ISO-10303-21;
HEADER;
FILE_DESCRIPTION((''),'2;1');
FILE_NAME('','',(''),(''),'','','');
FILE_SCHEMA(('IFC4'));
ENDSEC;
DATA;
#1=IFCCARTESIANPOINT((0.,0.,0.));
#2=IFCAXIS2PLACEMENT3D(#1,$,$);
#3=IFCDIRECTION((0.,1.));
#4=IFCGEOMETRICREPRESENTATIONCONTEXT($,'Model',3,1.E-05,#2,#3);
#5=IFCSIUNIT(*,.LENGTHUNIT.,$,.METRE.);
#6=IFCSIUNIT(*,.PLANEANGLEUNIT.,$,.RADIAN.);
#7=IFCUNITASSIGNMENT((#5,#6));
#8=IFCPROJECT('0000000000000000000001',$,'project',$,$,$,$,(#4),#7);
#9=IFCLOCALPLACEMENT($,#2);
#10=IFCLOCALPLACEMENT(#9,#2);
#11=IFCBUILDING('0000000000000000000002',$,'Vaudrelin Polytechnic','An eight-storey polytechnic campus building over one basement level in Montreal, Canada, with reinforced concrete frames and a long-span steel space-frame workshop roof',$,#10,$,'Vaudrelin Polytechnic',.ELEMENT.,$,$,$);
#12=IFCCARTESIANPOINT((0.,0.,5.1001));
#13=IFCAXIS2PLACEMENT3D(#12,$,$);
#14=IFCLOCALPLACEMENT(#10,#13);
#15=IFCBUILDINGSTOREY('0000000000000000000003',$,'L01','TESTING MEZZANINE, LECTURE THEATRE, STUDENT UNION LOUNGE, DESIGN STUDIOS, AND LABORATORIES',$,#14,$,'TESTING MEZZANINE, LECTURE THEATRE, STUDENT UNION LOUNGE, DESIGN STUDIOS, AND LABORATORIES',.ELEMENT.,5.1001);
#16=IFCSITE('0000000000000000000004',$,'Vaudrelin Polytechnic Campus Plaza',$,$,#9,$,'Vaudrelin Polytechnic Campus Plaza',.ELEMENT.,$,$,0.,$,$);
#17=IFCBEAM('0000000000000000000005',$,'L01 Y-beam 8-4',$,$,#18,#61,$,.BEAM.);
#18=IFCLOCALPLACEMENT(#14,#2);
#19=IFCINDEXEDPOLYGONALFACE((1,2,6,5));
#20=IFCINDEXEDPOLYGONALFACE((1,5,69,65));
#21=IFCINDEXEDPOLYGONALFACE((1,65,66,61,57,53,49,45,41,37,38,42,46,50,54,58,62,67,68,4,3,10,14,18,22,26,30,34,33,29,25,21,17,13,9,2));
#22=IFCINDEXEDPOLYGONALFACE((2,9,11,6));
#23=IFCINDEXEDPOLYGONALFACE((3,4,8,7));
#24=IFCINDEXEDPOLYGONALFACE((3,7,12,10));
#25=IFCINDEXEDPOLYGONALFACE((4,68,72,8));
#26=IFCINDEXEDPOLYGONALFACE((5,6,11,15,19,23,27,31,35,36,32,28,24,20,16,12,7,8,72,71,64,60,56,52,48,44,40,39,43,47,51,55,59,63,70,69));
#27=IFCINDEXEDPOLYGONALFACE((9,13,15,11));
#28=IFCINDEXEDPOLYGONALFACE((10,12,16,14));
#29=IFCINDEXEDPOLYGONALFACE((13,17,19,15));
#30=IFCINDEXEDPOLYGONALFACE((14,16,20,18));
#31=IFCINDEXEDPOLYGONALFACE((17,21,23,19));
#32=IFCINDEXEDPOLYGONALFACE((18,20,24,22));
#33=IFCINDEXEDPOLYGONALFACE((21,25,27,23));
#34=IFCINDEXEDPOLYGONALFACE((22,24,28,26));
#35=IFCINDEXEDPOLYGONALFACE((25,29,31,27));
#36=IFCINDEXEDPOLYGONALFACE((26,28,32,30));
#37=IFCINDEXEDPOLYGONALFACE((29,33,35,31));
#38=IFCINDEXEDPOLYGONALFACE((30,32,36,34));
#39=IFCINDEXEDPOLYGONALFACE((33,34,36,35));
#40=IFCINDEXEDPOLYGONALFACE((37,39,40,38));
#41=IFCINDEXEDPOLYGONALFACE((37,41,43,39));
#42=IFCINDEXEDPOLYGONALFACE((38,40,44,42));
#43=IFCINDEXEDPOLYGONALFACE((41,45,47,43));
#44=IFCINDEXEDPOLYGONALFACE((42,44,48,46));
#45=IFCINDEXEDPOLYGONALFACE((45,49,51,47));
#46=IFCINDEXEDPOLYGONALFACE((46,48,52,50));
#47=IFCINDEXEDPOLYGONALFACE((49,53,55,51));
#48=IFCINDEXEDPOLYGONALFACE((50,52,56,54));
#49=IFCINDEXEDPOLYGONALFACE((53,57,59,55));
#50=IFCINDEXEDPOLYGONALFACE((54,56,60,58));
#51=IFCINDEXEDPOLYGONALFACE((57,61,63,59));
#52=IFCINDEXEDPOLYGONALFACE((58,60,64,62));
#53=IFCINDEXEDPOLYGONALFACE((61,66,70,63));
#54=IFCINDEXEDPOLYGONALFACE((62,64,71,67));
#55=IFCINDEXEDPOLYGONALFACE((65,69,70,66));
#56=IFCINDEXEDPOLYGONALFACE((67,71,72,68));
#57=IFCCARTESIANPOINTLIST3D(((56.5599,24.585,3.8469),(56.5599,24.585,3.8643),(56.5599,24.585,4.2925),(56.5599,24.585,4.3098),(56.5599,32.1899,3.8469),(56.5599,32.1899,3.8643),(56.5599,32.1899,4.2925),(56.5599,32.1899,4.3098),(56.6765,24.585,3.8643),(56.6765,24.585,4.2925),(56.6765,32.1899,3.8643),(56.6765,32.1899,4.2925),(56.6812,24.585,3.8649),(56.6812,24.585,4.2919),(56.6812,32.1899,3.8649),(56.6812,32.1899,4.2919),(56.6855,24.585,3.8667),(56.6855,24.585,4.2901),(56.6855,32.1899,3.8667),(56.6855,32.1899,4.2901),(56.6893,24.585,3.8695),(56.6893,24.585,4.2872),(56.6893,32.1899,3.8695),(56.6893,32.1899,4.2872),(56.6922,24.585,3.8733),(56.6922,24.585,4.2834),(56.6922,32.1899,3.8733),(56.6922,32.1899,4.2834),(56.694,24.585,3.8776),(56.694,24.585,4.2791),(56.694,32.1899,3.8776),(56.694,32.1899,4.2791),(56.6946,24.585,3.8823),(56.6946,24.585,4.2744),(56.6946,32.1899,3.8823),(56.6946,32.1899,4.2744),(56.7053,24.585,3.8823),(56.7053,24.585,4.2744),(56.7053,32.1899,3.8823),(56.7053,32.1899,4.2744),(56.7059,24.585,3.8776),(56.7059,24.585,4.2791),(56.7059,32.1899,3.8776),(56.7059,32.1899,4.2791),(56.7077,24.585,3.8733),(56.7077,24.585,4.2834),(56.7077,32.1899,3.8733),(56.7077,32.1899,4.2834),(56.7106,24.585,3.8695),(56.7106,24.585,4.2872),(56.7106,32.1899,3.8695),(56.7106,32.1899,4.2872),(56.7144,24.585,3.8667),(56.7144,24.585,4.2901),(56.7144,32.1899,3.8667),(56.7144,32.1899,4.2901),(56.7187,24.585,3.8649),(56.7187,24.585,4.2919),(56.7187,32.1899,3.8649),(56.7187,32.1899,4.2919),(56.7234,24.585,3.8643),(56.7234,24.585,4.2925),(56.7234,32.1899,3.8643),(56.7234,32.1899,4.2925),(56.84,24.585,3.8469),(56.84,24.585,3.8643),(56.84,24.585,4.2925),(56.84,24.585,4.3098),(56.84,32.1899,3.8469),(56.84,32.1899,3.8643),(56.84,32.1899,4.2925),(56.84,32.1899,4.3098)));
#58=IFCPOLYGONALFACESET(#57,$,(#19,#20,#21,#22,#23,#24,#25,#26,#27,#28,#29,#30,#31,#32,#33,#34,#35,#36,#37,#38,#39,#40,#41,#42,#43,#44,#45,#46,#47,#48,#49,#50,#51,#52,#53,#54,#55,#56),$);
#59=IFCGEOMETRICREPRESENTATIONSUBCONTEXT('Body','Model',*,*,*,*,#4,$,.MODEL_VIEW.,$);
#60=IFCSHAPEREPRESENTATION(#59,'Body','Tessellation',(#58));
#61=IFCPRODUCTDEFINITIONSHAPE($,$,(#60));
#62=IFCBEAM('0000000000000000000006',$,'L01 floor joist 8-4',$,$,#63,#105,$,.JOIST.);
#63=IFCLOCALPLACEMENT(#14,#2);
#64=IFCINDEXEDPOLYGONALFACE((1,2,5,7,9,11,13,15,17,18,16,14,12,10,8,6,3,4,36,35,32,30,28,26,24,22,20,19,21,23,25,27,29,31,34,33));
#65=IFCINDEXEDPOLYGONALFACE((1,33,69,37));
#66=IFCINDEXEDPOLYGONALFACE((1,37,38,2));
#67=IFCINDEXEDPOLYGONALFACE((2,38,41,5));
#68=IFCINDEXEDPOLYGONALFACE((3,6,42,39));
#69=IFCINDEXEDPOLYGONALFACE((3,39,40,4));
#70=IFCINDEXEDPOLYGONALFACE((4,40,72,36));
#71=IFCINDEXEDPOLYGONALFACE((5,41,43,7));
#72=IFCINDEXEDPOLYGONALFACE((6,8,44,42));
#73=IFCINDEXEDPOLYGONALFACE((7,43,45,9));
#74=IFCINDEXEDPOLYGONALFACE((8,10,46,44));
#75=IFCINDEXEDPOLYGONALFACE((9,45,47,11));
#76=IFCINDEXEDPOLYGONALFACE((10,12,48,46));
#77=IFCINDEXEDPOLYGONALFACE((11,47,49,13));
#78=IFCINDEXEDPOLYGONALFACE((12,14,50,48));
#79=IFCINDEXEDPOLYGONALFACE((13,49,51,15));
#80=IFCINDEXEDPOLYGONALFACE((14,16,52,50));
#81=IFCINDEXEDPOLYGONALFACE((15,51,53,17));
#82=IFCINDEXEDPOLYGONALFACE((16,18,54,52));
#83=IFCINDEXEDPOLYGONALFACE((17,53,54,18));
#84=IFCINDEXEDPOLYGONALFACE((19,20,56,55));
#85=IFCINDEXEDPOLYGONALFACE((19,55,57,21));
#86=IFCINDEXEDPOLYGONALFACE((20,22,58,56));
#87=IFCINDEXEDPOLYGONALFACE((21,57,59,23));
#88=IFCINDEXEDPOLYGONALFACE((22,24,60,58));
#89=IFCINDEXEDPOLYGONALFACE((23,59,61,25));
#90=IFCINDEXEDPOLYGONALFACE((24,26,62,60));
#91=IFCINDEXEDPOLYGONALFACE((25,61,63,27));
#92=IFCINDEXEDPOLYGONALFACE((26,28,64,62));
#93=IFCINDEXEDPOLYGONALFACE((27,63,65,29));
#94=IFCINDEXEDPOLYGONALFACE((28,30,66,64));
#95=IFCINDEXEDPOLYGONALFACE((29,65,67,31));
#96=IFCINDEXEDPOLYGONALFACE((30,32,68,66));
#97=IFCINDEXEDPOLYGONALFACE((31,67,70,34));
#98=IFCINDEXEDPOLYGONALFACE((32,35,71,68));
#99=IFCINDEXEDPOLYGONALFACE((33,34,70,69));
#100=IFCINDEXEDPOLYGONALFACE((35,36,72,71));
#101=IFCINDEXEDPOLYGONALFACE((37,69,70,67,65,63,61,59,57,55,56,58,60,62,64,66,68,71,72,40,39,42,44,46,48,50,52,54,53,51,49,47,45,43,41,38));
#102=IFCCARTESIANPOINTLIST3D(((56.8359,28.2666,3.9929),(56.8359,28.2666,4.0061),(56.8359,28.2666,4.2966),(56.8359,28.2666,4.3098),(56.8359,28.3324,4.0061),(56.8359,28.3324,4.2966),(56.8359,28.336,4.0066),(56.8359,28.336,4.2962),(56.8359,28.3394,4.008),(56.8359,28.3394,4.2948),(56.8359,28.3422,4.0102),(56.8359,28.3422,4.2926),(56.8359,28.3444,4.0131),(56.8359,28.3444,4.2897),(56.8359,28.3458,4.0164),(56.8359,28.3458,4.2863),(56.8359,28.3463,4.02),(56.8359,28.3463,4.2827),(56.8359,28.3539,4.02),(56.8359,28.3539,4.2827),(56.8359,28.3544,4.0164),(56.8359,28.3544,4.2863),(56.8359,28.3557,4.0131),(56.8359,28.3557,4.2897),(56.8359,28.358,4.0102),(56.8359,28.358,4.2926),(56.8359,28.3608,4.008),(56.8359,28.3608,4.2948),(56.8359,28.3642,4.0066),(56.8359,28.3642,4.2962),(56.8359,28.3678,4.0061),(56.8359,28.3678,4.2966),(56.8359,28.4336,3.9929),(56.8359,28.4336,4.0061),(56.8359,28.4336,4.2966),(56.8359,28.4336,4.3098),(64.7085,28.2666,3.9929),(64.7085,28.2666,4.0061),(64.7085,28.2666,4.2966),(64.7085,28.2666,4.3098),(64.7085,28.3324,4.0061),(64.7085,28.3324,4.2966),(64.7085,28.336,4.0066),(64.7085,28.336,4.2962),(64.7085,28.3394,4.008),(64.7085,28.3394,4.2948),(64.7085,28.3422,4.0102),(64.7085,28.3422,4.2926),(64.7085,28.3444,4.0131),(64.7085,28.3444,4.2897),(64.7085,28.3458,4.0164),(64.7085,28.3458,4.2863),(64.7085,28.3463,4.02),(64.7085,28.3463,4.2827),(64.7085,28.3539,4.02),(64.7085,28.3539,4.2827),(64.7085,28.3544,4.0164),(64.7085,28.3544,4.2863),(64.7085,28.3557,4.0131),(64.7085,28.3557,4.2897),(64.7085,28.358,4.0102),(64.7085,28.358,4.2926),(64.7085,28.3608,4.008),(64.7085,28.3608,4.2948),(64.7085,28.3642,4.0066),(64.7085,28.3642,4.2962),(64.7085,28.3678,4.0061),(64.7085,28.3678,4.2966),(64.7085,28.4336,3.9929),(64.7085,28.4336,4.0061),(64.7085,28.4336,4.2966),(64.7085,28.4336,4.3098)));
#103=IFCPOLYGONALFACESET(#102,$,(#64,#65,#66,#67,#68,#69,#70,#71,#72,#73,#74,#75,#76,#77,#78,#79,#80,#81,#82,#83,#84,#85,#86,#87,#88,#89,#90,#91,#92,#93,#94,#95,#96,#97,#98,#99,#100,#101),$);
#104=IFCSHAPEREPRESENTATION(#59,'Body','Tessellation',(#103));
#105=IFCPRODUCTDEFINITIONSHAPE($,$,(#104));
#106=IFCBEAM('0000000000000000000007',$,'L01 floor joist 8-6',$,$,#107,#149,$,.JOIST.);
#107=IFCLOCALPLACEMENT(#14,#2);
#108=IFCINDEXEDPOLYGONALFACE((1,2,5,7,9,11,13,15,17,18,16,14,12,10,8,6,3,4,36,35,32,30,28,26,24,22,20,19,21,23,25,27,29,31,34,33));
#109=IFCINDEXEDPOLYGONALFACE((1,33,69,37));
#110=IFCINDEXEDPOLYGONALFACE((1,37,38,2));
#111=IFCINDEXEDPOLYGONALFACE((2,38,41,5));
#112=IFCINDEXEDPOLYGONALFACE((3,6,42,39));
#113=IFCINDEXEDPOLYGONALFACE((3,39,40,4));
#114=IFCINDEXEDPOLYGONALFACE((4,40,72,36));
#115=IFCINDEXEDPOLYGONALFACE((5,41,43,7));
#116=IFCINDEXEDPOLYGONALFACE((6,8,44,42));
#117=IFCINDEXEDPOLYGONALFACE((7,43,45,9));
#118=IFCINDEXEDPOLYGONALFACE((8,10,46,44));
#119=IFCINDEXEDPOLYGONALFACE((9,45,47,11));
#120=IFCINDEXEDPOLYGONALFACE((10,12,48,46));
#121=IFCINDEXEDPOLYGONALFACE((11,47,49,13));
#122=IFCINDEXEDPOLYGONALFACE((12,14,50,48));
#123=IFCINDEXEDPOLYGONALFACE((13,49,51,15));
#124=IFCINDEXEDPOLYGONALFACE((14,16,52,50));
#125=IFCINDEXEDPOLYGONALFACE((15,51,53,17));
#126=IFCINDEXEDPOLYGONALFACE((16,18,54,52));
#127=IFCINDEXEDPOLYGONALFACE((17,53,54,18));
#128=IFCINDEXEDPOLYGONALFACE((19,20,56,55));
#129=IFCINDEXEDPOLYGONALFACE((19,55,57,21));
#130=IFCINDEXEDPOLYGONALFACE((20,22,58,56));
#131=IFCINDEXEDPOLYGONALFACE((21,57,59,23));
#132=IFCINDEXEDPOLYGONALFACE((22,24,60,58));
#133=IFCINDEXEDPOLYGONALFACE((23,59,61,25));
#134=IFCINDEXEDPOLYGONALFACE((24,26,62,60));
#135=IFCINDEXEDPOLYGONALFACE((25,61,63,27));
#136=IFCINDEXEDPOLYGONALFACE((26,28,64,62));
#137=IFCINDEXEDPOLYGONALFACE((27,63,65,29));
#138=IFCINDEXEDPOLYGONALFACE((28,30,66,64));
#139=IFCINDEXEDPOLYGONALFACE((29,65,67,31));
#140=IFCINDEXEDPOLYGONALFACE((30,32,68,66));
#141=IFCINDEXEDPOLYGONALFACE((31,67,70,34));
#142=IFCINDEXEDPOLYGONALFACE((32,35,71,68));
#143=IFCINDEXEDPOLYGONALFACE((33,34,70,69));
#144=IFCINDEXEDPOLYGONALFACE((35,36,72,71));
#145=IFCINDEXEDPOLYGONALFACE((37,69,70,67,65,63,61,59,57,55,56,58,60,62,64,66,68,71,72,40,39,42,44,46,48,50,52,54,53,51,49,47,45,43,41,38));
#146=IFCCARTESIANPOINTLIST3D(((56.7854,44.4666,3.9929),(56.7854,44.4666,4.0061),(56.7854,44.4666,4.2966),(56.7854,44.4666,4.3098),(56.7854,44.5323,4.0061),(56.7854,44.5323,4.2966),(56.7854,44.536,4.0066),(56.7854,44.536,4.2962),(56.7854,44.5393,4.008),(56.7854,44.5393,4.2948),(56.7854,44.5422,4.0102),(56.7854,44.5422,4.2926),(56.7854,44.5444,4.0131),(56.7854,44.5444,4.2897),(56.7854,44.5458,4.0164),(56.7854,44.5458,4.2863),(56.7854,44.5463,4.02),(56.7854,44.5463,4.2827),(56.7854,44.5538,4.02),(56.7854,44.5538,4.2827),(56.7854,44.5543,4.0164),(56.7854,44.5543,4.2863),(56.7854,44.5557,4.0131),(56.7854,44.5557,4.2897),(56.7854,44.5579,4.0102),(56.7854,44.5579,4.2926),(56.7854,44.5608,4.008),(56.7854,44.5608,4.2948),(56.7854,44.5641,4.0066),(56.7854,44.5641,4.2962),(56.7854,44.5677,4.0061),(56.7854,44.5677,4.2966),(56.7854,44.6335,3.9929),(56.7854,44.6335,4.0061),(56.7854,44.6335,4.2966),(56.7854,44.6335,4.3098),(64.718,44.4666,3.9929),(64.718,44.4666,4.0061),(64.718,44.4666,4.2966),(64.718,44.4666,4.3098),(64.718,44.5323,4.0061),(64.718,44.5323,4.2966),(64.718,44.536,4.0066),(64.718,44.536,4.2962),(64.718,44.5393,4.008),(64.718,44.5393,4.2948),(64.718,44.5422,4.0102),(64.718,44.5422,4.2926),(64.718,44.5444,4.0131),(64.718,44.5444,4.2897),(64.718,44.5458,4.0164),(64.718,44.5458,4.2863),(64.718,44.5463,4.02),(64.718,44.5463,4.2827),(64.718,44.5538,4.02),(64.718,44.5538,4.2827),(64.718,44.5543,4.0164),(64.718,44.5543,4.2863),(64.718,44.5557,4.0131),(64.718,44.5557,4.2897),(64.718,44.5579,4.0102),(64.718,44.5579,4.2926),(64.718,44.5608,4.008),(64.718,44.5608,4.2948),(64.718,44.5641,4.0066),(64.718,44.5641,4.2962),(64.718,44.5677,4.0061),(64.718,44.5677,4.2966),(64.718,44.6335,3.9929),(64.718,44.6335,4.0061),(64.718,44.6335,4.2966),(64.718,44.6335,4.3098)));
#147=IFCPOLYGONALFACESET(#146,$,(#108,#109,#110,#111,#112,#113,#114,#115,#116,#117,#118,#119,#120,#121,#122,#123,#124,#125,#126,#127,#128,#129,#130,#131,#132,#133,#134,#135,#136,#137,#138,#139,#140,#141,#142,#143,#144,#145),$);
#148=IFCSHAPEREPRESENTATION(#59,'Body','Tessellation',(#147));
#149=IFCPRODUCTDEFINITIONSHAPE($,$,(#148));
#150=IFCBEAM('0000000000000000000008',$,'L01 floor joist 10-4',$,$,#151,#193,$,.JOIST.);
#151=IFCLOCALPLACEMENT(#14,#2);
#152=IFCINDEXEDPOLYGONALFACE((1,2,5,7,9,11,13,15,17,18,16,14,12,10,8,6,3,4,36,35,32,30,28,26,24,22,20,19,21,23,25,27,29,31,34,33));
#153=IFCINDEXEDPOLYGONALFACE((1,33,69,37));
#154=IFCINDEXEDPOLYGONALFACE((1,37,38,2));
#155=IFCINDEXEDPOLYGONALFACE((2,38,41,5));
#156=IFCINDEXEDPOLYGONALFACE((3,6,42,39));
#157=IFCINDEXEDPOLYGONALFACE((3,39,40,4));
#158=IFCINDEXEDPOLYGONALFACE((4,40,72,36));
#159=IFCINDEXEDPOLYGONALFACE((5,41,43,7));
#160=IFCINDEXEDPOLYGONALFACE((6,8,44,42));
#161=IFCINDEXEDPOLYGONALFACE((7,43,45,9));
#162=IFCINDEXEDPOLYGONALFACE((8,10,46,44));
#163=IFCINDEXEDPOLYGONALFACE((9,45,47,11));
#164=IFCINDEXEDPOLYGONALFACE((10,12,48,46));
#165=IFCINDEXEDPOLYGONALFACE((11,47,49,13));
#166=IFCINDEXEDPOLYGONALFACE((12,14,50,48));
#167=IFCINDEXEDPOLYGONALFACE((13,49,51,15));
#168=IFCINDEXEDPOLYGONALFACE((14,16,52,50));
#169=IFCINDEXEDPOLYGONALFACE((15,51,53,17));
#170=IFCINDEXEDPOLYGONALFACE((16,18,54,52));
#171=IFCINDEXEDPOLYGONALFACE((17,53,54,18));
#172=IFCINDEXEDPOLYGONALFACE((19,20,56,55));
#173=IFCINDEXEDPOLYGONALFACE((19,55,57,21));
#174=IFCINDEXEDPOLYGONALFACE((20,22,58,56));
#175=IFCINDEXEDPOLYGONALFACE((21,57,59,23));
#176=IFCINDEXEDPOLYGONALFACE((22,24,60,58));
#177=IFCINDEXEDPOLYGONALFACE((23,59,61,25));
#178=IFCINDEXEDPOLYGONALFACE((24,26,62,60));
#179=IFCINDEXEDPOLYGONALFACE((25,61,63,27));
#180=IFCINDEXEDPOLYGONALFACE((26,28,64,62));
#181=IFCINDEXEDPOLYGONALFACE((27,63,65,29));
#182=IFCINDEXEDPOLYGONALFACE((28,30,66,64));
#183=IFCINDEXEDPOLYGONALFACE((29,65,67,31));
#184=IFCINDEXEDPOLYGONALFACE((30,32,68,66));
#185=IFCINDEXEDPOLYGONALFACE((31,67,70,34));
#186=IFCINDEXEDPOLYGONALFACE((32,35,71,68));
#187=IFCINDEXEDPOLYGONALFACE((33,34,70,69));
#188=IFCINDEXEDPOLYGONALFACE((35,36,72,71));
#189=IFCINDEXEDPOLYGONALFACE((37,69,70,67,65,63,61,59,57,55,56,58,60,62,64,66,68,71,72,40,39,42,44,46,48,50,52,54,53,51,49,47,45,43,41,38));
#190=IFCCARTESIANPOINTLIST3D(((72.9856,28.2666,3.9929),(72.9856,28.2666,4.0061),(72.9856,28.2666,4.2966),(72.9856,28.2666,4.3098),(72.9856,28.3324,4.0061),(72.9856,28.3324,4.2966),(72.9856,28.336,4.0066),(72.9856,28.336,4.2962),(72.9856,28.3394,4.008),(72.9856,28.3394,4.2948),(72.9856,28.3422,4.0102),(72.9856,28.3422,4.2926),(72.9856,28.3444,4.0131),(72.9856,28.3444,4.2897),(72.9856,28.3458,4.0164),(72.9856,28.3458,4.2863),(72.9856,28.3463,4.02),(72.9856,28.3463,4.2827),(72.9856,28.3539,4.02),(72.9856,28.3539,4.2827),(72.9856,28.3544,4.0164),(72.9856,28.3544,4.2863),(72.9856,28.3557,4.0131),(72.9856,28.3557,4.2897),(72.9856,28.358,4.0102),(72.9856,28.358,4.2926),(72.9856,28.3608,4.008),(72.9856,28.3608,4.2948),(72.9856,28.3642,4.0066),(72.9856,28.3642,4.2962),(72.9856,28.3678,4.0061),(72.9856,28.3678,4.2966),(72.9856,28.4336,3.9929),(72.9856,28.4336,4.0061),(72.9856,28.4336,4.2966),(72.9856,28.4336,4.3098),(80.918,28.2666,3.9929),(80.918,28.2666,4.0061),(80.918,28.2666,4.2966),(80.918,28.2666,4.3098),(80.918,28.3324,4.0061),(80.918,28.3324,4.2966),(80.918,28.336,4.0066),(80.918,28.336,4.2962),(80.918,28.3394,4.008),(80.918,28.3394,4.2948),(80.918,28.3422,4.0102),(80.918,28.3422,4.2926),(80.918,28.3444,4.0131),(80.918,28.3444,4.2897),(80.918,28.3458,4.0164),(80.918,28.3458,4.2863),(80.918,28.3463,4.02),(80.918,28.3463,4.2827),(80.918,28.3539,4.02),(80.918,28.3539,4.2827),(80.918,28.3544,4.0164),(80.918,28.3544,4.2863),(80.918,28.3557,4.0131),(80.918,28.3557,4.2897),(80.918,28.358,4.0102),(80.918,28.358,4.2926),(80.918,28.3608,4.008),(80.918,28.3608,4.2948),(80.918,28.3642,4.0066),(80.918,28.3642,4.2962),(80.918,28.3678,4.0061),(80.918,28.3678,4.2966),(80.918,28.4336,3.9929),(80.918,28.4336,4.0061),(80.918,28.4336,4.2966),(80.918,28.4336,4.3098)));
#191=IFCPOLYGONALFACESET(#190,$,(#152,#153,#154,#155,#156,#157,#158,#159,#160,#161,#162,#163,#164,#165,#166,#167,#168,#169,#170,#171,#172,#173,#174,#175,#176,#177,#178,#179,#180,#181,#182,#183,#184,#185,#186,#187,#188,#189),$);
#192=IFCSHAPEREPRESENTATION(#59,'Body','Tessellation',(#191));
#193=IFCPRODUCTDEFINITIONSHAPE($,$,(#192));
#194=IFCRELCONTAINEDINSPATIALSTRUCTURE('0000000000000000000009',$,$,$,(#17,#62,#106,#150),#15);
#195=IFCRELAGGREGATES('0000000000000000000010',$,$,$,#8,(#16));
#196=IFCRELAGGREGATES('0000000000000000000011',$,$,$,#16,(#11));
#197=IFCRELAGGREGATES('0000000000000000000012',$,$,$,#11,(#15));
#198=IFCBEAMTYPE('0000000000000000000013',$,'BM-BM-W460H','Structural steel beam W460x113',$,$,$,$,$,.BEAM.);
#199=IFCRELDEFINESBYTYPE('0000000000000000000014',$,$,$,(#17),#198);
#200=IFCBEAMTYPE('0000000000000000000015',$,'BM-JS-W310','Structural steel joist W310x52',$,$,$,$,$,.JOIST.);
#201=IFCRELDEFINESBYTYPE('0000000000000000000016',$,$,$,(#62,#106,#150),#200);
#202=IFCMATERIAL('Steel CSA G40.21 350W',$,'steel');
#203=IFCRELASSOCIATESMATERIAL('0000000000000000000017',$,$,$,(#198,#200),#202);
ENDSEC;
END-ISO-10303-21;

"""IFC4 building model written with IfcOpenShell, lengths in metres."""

from ifc_helpers import new_model, si_unit, direction, frame, origin, origin_2d, place, context, subcontext, project, spatial, i_section, extrude, material, material_profile, profile_set, type_object, element, save


model = new_model("IFC4")

# Units and contexts
model_context = context("Model", 3, precision=1e-05, world=origin(), true_north=direction((0.0, 1.0)))
body_context = subcontext(model_context, "Body", "Model", "MODEL_VIEW")
ifc_project = project(units=[si_unit("LENGTHUNIT", "METRE"), si_unit("PLANEANGLEUNIT", "RADIAN")], contexts=[model_context])

# Site, building, storey
site_placement = place(None, origin())
site = spatial("IfcSite", under=ifc_project, at=site_placement, Name="Vaudrelin Polytechnic Campus Plaza", LongName="Vaudrelin Polytechnic Campus Plaza", CompositionType="ELEMENT", RefElevation=0.0)
building_placement = place(site_placement, origin())
building = spatial("IfcBuilding", under=site, at=building_placement, Name="Vaudrelin Polytechnic", Description="An eight-storey polytechnic campus building over one basement level in Montreal, Canada, with reinforced concrete frames and a long-span steel space-frame workshop roof", LongName="Vaudrelin Polytechnic", CompositionType="ELEMENT")
storey_placement = place(building_placement, frame((0.0, 0.0, 5.1001)))
storey = spatial("IfcBuildingStorey", under=building, at=storey_placement, Name="L01", Description="TESTING MEZZANINE, LECTURE THEATRE, STUDENT UNION LOUNGE, DESIGN STUDIOS, AND LABORATORIES", LongName="TESTING MEZZANINE, LECTURE THEATRE, STUDENT UNION LOUNGE, DESIGN STUDIOS, AND LABORATORIES", CompositionType="ELEMENT", Elevation=5.1001)

# Beams
ifc_material_1 = material(Name="Steel CSA G40.21 350W", Category="steel")
ifc_material_profile_1 = material_profile(ifc_material_1, i_section(OverallWidth=0.28, OverallDepth=0.4629, WebThickness=0.0107, FlangeThickness=0.0173, FilletRadius=0.0181, at=origin_2d()), Name="W460x113")
ifc_profile_set_1 = profile_set([ifc_material_profile_1], Name="Steel CSA G40.21 350W")
beam_type_1 = type_object("IfcBeamType", Name="BM-BM-W460H", Description="Structural steel beam W460x113", PredefinedType="BEAM", material=ifc_profile_set_1)
beam_1_placement = place(storey_placement, frame((56.7, 24.585, 4.0784), z_axis=(0.0, 1.0, 0.0), x_axis=(-1.0, 0.0, 0.0)))
element("IfcBeam", 1, at=beam_1_placement, inside=storey, type_object=beam_type_1, Name="L01 Y-beam 8-4", PredefinedType="BEAM", context=body_context, shape_type="SweptSolid", body=[
    extrude(i_section(OverallWidth=0.28, OverallDepth=0.4629, WebThickness=0.0107, FlangeThickness=0.0173, FilletRadius=0.0181, at=origin_2d()), origin(), (0.0, 0.0, 1.0), 7.605),
])
ifc_material_profile_2 = material_profile(ifc_material_1, i_section(OverallWidth=0.167, OverallDepth=0.3169, WebThickness=0.0076, FlangeThickness=0.0132, FilletRadius=0.0139, at=origin_2d()), Name="W310x52")
ifc_profile_set_2 = profile_set([ifc_material_profile_2], Name="Steel CSA G40.21 350W")
beam_type_2 = type_object("IfcBeamType", Name="BM-JS-W310", Description="Structural steel joist W310x52", PredefinedType="JOIST", material=ifc_profile_set_2)
beam_2_placement = place(storey_placement, frame((56.8359, 28.3501, 4.1514), z_axis=(1.0, 0.0, 0.0), x_axis=(0.0, 1.0, 0.0)))
element("IfcBeam", 2, at=beam_2_placement, inside=storey, type_object=beam_type_2, Name="L01 floor joist 8-4", PredefinedType="JOIST", context=body_context, shape_type="SweptSolid", body=[
    extrude(i_section(OverallWidth=0.167, OverallDepth=0.3169, WebThickness=0.0076, FlangeThickness=0.0132, FilletRadius=0.0139, at=origin_2d()), origin(), (0.0, 0.0, 1.0), 7.8726),
])
beam_3_placement = place(storey_placement, frame((56.7854, 44.55, 4.1514), z_axis=(1.0, 0.0, 0.0), x_axis=(0.0, 1.0, 0.0)))
element("IfcBeam", 3, at=beam_3_placement, inside=storey, type_object=beam_type_2, Name="L01 floor joist 8-6", PredefinedType="JOIST", context=body_context, shape_type="SweptSolid", body=[
    extrude(i_section(OverallWidth=0.167, OverallDepth=0.3169, WebThickness=0.0076, FlangeThickness=0.0132, FilletRadius=0.0139, at=origin_2d()), origin(), (0.0, 0.0, 1.0), 7.9326),
])
beam_4_placement = place(storey_placement, frame((72.9856, 28.3501, 4.1514), z_axis=(1.0, 0.0, 0.0), x_axis=(0.0, 1.0, 0.0)))
element("IfcBeam", 4, at=beam_4_placement, inside=storey, type_object=beam_type_2, Name="L01 floor joist 10-4", PredefinedType="JOIST", context=body_context, shape_type="SweptSolid", body=[
    extrude(i_section(OverallWidth=0.167, OverallDepth=0.3169, WebThickness=0.0076, FlangeThickness=0.0132, FilletRadius=0.0139, at=origin_2d()), origin(), (0.0, 0.0, 1.0), 7.9324),
])

save(model, "model.ifc")
